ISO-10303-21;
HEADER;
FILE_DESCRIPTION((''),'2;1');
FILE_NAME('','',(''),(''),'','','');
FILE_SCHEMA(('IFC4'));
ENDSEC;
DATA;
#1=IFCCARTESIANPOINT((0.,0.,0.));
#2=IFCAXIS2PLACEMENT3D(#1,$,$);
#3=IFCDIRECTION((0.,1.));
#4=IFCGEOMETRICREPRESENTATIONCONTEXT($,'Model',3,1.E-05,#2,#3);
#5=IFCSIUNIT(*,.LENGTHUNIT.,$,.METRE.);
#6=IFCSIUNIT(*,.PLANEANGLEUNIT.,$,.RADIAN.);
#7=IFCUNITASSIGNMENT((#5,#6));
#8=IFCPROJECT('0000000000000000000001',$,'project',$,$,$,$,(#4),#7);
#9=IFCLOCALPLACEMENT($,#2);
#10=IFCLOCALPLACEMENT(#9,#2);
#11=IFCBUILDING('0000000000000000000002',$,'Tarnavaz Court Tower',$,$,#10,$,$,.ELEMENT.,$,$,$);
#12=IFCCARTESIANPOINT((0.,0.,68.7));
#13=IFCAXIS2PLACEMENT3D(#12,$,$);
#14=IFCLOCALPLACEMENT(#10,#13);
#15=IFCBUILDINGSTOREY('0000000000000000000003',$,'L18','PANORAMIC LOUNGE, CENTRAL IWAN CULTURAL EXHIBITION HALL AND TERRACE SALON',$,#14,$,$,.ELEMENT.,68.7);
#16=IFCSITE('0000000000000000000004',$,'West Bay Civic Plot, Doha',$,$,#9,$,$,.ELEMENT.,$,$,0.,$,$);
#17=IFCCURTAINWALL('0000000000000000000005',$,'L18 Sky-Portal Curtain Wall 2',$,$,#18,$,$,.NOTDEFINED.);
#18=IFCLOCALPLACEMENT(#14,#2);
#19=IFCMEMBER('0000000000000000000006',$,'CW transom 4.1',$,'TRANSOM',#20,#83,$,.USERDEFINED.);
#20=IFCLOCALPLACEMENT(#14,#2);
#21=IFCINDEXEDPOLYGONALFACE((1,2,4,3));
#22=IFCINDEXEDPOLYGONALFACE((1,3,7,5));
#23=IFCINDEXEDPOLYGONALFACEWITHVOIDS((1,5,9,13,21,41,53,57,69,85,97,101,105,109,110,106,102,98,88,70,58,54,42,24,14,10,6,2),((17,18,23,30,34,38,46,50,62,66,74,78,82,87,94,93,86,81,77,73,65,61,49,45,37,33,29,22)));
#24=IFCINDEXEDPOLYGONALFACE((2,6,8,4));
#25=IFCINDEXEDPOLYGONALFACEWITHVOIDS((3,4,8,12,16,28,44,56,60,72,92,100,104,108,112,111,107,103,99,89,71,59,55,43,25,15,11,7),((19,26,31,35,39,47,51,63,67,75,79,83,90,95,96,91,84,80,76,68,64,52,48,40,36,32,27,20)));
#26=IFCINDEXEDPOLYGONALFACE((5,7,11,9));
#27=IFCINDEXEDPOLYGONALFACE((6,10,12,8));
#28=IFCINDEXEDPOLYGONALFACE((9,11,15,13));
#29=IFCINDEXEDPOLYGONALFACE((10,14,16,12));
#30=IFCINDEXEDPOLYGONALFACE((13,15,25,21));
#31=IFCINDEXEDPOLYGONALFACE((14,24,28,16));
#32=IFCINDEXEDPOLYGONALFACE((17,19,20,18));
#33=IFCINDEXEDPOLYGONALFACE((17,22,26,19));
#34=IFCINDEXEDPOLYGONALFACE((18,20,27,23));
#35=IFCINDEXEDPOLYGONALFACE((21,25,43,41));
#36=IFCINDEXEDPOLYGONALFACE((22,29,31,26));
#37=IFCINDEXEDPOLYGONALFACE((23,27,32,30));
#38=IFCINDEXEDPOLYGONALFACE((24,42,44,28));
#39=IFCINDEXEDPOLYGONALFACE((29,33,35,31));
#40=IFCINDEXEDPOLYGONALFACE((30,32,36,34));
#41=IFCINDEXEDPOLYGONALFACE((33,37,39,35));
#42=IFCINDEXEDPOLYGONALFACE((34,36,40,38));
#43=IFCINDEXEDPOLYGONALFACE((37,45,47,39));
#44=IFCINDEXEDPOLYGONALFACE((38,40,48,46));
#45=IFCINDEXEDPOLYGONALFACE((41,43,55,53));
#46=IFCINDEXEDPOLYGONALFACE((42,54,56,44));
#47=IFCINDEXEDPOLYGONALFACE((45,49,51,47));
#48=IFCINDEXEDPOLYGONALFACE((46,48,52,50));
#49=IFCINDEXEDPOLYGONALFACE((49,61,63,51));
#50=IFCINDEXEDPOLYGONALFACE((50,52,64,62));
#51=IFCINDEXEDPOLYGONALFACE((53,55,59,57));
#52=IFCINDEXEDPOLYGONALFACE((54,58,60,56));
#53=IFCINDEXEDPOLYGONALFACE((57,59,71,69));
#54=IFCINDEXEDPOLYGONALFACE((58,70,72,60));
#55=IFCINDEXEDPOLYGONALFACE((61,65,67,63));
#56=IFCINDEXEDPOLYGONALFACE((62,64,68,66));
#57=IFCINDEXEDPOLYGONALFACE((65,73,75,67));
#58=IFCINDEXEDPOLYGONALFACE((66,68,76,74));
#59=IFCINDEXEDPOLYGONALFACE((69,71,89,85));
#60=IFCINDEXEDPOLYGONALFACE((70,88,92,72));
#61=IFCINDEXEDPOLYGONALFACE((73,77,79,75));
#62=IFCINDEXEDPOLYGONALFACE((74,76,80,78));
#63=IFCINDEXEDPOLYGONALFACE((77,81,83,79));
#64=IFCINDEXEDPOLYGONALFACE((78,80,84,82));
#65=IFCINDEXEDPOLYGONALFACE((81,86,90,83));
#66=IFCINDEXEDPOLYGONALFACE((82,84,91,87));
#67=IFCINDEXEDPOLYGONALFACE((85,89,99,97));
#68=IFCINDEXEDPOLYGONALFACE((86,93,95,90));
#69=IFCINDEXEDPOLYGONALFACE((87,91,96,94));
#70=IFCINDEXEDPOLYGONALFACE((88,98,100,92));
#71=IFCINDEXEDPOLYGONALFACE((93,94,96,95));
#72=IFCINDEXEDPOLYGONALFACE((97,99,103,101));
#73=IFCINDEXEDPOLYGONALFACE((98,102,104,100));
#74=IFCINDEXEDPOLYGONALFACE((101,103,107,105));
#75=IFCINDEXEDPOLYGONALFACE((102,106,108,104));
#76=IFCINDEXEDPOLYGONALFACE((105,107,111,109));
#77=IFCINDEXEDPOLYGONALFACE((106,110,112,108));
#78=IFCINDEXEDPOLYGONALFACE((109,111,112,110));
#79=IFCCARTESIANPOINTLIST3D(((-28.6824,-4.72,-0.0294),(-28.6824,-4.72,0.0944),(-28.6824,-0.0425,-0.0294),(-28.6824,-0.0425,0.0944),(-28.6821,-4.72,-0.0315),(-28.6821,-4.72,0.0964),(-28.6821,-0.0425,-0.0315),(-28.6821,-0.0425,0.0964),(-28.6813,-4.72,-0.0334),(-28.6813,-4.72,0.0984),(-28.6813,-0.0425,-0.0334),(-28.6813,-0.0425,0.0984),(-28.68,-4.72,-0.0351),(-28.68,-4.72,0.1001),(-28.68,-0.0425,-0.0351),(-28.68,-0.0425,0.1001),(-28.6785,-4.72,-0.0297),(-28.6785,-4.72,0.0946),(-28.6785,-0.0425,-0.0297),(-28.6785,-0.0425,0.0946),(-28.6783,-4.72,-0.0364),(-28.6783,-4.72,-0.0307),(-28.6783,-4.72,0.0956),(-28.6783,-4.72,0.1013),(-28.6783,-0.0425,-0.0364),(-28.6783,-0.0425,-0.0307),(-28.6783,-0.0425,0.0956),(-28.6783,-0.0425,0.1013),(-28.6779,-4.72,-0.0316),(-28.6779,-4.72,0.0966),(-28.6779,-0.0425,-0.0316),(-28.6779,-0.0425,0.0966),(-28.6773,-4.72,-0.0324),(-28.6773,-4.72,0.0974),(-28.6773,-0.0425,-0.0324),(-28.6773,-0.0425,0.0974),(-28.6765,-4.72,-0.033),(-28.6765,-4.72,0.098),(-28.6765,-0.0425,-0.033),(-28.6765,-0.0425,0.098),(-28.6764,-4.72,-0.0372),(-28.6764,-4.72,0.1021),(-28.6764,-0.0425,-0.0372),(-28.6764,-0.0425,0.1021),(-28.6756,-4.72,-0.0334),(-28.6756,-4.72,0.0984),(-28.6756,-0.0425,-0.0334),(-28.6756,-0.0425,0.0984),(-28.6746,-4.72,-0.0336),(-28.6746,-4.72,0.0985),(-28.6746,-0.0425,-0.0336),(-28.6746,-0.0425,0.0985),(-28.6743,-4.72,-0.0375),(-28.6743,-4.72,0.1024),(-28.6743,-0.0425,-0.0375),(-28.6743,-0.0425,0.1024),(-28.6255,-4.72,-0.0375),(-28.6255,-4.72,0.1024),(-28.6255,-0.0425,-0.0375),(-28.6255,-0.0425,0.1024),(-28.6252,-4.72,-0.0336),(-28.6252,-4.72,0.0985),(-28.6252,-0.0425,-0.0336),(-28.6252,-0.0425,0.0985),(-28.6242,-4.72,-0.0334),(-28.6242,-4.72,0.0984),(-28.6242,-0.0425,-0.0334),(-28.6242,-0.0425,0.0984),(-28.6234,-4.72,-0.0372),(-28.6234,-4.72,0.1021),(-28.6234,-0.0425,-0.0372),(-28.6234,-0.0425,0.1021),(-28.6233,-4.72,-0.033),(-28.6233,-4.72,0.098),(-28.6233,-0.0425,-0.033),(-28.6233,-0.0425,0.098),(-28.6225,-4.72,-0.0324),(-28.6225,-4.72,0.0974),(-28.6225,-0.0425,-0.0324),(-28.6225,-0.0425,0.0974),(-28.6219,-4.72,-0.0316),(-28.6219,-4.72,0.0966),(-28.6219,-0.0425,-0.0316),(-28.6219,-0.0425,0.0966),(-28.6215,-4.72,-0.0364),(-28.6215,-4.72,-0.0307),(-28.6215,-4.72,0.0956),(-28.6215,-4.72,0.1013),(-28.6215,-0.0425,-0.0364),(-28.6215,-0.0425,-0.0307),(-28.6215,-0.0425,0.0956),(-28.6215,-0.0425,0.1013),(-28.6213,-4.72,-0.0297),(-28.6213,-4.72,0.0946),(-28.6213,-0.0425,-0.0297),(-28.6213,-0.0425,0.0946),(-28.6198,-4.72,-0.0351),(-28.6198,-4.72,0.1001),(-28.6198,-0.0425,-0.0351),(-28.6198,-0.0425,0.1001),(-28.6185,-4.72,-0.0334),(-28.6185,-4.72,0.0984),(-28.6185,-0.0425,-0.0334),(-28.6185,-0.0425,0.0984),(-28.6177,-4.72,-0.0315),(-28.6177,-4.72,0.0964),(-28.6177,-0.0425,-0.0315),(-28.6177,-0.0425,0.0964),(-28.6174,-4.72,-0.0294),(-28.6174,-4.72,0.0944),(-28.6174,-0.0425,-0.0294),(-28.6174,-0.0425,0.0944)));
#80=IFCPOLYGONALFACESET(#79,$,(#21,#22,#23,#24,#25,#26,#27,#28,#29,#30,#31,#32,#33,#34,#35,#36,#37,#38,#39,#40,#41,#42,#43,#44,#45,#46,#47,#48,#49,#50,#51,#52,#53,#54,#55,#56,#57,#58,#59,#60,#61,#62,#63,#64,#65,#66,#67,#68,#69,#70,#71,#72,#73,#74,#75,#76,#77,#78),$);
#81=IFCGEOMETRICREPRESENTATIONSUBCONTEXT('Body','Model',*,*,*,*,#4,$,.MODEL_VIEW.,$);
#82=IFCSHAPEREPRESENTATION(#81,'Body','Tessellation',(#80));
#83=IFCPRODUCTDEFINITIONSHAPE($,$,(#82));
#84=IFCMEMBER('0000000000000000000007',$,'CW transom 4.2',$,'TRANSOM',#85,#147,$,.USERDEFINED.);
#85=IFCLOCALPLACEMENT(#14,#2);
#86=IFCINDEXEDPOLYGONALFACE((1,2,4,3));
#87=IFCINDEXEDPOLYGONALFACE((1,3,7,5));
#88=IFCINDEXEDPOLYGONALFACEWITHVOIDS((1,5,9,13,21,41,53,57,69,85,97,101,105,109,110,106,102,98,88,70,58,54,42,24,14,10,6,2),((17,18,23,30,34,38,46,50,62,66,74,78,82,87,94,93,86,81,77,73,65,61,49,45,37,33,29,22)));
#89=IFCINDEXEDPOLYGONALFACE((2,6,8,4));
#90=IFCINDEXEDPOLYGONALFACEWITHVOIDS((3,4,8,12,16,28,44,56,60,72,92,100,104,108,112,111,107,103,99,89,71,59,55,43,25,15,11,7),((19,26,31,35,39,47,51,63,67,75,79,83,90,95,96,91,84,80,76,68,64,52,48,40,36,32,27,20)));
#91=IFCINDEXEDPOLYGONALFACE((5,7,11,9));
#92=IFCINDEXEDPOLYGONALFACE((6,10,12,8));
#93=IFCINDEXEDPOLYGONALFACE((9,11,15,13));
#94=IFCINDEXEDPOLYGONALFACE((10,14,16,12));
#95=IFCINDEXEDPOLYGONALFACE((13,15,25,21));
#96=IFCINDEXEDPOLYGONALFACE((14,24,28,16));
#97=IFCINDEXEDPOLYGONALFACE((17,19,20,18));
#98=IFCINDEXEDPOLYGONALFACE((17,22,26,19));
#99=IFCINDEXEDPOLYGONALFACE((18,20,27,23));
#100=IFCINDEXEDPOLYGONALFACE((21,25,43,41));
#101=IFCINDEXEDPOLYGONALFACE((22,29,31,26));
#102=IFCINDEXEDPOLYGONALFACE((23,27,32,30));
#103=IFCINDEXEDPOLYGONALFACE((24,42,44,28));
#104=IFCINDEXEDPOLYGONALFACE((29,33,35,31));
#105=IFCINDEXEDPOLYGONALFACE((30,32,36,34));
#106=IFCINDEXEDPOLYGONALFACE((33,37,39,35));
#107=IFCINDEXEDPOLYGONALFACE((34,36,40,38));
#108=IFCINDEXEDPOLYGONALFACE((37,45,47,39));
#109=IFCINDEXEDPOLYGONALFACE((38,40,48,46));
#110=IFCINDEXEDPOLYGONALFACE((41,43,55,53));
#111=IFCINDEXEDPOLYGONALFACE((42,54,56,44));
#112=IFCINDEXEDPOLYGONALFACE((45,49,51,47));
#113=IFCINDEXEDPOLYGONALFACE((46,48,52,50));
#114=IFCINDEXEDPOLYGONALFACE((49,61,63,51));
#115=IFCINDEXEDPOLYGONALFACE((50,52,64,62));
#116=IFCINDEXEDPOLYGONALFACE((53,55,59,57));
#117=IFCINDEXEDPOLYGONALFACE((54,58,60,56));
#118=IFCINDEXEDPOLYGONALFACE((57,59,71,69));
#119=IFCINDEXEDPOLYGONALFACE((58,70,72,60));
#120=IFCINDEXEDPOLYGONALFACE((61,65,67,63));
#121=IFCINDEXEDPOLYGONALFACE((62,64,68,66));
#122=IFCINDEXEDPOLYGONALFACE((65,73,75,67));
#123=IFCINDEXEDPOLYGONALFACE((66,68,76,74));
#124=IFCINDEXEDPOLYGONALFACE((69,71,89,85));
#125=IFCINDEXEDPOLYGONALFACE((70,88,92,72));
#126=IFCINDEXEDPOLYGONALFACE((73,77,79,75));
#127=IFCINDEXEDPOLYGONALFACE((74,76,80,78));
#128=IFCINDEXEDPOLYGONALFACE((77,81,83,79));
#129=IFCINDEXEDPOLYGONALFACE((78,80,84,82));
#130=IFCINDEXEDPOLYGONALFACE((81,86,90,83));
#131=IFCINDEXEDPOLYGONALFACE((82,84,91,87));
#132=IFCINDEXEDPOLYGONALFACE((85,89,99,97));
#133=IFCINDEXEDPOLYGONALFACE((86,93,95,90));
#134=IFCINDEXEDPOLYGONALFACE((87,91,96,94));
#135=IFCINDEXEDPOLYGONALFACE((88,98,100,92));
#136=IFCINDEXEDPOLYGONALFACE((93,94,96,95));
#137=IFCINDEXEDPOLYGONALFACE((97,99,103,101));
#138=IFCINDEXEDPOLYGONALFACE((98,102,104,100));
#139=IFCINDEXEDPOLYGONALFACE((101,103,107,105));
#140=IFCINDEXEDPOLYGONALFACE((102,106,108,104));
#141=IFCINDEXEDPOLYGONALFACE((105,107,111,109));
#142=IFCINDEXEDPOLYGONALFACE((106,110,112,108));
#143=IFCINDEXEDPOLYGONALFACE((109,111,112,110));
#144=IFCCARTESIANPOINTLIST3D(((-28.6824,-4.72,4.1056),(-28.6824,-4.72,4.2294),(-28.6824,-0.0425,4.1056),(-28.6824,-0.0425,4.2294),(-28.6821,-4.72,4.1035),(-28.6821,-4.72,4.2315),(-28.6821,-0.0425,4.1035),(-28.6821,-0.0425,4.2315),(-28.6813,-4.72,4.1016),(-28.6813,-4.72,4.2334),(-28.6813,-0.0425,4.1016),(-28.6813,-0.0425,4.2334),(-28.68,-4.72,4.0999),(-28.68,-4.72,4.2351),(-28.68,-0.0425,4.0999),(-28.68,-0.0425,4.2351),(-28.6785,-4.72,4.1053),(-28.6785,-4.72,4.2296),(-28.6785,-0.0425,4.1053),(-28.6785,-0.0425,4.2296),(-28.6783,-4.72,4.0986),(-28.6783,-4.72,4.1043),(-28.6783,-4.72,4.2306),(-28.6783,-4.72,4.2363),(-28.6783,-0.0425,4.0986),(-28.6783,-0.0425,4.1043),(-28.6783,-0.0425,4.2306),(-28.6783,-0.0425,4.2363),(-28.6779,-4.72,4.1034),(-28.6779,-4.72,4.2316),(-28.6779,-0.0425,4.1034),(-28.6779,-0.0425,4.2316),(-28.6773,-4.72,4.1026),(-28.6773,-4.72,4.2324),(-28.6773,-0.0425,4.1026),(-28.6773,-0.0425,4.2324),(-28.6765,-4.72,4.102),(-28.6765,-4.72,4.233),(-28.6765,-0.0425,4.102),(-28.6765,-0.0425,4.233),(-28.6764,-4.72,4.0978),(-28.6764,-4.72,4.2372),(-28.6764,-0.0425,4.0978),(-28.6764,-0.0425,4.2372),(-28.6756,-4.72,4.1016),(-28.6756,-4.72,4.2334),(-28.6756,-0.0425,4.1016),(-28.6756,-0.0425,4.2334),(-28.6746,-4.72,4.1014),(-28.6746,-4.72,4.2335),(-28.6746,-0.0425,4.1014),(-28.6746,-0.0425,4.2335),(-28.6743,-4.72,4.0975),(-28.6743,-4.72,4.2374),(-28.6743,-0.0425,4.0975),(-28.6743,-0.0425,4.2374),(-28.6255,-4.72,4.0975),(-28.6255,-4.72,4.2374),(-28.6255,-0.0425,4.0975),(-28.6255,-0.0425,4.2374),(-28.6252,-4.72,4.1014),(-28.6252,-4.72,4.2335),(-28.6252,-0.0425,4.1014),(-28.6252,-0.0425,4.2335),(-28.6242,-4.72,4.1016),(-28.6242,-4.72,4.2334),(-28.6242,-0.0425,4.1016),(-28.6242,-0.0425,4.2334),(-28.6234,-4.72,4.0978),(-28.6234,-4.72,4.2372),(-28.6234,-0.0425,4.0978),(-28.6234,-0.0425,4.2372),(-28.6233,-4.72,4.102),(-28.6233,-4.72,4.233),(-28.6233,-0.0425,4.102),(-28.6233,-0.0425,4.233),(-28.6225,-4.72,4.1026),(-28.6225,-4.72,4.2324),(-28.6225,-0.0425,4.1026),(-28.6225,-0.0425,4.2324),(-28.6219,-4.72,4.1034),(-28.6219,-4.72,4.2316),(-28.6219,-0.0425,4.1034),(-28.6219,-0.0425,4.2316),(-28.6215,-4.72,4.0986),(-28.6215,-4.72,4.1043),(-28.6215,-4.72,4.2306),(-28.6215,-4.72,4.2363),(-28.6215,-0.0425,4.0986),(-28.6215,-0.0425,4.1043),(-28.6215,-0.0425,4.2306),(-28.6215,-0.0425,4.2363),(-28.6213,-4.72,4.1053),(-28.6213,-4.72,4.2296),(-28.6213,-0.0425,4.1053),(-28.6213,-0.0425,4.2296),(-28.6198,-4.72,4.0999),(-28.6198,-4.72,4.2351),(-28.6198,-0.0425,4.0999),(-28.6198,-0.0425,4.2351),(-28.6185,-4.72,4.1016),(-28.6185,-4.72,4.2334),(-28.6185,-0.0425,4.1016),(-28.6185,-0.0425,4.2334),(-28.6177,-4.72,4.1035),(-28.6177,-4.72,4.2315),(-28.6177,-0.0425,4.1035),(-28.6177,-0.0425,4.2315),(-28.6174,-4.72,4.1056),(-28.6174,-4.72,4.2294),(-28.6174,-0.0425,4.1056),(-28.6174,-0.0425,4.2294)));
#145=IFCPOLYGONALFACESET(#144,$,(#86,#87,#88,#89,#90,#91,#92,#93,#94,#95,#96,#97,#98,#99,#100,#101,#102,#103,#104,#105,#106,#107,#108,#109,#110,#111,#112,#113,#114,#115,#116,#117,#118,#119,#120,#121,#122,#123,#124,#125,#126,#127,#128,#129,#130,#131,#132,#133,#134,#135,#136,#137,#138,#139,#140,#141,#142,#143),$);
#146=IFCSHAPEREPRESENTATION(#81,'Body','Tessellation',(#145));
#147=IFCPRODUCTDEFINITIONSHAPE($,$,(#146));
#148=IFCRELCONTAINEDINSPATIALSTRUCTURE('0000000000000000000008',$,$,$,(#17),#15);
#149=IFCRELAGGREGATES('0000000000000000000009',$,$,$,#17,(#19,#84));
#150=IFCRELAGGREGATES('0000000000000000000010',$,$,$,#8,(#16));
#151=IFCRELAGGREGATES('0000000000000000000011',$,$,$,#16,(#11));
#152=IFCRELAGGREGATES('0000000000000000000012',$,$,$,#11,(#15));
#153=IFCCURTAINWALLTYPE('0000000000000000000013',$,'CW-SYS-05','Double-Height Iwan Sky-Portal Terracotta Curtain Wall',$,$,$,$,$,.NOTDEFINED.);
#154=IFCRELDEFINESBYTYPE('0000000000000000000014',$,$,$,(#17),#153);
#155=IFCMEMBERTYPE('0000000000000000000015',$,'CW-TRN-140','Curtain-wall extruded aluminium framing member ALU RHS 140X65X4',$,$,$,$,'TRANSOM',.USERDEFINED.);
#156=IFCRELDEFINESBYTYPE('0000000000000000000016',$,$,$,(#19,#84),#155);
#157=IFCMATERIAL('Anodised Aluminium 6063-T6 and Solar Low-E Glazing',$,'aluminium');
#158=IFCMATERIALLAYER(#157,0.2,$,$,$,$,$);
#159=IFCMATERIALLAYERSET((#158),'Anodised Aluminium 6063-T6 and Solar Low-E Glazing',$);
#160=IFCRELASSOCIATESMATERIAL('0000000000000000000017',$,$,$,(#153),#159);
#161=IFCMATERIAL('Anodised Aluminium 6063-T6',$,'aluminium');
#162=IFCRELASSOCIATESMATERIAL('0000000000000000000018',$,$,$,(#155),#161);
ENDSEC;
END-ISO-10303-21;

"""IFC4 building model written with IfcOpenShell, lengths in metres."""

from ifc_helpers import new_model, si_unit, direction, frame, origin, origin_2d, place, context, subcontext, project, spatial, hollow_rectangle, extrude, material, layer, layer_set, material_profile, profile_set, type_object, element, aggregate, save


model = new_model("IFC4")

# Units and contexts
model_context = context("Model", 3, precision=1e-05, world=origin(), true_north=direction((0.0, 1.0)))
body_context = subcontext(model_context, "Body", "Model", "MODEL_VIEW")
ifc_project = project(units=[si_unit("LENGTHUNIT", "METRE"), si_unit("PLANEANGLEUNIT", "RADIAN")], contexts=[model_context])

# Site, building, storey
site_placement = place(None, origin())
site = spatial("IfcSite", under=ifc_project, at=site_placement, Name="West Bay Civic Plot, Doha", CompositionType="ELEMENT", RefElevation=0.0)
building_placement = place(site_placement, origin())
building = spatial("IfcBuilding", under=site, at=building_placement, Name="Tarnavaz Court Tower", CompositionType="ELEMENT")
storey_placement = place(building_placement, frame((0.0, 0.0, 68.7)))
storey = spatial("IfcBuildingStorey", under=building, at=storey_placement, Name="L18", Description="PANORAMIC LOUNGE, CENTRAL IWAN CULTURAL EXHIBITION HALL AND TERRACE SALON", CompositionType="ELEMENT", Elevation=68.7)

# Curtain wall, members
ifc_material_1 = material(Name="Anodised Aluminium 6063-T6 and Solar Low-E Glazing", Category="aluminium")
ifc_layer_1 = layer(ifc_material_1, 0.2)
ifc_layer_set_1 = layer_set([ifc_layer_1], Name="Anodised Aluminium 6063-T6 and Solar Low-E Glazing")
curtain_wall_type = type_object("IfcCurtainWallType", Name="CW-SYS-05", Description="Double-Height Iwan Sky-Portal Terracotta Curtain Wall", PredefinedType="NOTDEFINED", material=ifc_layer_set_1)
curtain_wall_placement = place(storey_placement, origin())
curtain_wall = element("IfcCurtainWall", 1, at=curtain_wall_placement, inside=storey, type_object=curtain_wall_type, Name="L18 Sky-Portal Curtain Wall 2", PredefinedType="NOTDEFINED")
ifc_material_2 = material(Name="Anodised Aluminium 6063-T6", Category="aluminium")
ifc_material_profile_1 = material_profile(ifc_material_2, hollow_rectangle(XDim=0.0649, YDim=0.1399, WallThickness=0.0039, InnerFilletRadius=0.0039, OuterFilletRadius=0.0081, at=origin_2d()), Name="ALU RHS 140X65X4")
ifc_profile_set_1 = profile_set([ifc_material_profile_1], Name="Anodised Aluminium 6063-T6")
member_type_1 = type_object("IfcMemberType", Name="CW-TRN-140", Description="Curtain-wall extruded aluminium framing member ALU RHS 140X65X4", ElementType="TRANSOM", PredefinedType="USERDEFINED", material=ifc_profile_set_1)
member_1_placement = place(storey_placement, frame((-28.6499, -4.72, 0.0325), z_axis=(0.0, 1.0, 0.0), x_axis=(-1.0, 0.0, 0.0)))
member_1 = element("IfcMember", 2, at=member_1_placement, type_object=member_type_1, Name="CW transom 4.1", ObjectType="TRANSOM", PredefinedType="USERDEFINED", context=body_context, shape_type="SweptSolid", body=[
    extrude(hollow_rectangle(XDim=0.0649, YDim=0.1399, WallThickness=0.0039, InnerFilletRadius=0.0039, OuterFilletRadius=0.0081, at=origin_2d()), origin(), (0.0, 0.0, 1.0), 4.6775),
])
member_2_placement = place(storey_placement, frame((-28.6499, -4.72, 4.1675), z_axis=(0.0, 1.0, 0.0), x_axis=(-1.0, 0.0, 0.0)))
member_2 = element("IfcMember", 3, at=member_2_placement, type_object=member_type_1, Name="CW transom 4.2", ObjectType="TRANSOM", PredefinedType="USERDEFINED", context=body_context, shape_type="SweptSolid", body=[
    extrude(hollow_rectangle(XDim=0.0649, YDim=0.1399, WallThickness=0.0039, InnerFilletRadius=0.0039, OuterFilletRadius=0.0081, at=origin_2d()), origin(), (0.0, 0.0, 1.0), 4.6775),
])
aggregate(curtain_wall, [member_1, member_2])

save(model, "model.ifc")
